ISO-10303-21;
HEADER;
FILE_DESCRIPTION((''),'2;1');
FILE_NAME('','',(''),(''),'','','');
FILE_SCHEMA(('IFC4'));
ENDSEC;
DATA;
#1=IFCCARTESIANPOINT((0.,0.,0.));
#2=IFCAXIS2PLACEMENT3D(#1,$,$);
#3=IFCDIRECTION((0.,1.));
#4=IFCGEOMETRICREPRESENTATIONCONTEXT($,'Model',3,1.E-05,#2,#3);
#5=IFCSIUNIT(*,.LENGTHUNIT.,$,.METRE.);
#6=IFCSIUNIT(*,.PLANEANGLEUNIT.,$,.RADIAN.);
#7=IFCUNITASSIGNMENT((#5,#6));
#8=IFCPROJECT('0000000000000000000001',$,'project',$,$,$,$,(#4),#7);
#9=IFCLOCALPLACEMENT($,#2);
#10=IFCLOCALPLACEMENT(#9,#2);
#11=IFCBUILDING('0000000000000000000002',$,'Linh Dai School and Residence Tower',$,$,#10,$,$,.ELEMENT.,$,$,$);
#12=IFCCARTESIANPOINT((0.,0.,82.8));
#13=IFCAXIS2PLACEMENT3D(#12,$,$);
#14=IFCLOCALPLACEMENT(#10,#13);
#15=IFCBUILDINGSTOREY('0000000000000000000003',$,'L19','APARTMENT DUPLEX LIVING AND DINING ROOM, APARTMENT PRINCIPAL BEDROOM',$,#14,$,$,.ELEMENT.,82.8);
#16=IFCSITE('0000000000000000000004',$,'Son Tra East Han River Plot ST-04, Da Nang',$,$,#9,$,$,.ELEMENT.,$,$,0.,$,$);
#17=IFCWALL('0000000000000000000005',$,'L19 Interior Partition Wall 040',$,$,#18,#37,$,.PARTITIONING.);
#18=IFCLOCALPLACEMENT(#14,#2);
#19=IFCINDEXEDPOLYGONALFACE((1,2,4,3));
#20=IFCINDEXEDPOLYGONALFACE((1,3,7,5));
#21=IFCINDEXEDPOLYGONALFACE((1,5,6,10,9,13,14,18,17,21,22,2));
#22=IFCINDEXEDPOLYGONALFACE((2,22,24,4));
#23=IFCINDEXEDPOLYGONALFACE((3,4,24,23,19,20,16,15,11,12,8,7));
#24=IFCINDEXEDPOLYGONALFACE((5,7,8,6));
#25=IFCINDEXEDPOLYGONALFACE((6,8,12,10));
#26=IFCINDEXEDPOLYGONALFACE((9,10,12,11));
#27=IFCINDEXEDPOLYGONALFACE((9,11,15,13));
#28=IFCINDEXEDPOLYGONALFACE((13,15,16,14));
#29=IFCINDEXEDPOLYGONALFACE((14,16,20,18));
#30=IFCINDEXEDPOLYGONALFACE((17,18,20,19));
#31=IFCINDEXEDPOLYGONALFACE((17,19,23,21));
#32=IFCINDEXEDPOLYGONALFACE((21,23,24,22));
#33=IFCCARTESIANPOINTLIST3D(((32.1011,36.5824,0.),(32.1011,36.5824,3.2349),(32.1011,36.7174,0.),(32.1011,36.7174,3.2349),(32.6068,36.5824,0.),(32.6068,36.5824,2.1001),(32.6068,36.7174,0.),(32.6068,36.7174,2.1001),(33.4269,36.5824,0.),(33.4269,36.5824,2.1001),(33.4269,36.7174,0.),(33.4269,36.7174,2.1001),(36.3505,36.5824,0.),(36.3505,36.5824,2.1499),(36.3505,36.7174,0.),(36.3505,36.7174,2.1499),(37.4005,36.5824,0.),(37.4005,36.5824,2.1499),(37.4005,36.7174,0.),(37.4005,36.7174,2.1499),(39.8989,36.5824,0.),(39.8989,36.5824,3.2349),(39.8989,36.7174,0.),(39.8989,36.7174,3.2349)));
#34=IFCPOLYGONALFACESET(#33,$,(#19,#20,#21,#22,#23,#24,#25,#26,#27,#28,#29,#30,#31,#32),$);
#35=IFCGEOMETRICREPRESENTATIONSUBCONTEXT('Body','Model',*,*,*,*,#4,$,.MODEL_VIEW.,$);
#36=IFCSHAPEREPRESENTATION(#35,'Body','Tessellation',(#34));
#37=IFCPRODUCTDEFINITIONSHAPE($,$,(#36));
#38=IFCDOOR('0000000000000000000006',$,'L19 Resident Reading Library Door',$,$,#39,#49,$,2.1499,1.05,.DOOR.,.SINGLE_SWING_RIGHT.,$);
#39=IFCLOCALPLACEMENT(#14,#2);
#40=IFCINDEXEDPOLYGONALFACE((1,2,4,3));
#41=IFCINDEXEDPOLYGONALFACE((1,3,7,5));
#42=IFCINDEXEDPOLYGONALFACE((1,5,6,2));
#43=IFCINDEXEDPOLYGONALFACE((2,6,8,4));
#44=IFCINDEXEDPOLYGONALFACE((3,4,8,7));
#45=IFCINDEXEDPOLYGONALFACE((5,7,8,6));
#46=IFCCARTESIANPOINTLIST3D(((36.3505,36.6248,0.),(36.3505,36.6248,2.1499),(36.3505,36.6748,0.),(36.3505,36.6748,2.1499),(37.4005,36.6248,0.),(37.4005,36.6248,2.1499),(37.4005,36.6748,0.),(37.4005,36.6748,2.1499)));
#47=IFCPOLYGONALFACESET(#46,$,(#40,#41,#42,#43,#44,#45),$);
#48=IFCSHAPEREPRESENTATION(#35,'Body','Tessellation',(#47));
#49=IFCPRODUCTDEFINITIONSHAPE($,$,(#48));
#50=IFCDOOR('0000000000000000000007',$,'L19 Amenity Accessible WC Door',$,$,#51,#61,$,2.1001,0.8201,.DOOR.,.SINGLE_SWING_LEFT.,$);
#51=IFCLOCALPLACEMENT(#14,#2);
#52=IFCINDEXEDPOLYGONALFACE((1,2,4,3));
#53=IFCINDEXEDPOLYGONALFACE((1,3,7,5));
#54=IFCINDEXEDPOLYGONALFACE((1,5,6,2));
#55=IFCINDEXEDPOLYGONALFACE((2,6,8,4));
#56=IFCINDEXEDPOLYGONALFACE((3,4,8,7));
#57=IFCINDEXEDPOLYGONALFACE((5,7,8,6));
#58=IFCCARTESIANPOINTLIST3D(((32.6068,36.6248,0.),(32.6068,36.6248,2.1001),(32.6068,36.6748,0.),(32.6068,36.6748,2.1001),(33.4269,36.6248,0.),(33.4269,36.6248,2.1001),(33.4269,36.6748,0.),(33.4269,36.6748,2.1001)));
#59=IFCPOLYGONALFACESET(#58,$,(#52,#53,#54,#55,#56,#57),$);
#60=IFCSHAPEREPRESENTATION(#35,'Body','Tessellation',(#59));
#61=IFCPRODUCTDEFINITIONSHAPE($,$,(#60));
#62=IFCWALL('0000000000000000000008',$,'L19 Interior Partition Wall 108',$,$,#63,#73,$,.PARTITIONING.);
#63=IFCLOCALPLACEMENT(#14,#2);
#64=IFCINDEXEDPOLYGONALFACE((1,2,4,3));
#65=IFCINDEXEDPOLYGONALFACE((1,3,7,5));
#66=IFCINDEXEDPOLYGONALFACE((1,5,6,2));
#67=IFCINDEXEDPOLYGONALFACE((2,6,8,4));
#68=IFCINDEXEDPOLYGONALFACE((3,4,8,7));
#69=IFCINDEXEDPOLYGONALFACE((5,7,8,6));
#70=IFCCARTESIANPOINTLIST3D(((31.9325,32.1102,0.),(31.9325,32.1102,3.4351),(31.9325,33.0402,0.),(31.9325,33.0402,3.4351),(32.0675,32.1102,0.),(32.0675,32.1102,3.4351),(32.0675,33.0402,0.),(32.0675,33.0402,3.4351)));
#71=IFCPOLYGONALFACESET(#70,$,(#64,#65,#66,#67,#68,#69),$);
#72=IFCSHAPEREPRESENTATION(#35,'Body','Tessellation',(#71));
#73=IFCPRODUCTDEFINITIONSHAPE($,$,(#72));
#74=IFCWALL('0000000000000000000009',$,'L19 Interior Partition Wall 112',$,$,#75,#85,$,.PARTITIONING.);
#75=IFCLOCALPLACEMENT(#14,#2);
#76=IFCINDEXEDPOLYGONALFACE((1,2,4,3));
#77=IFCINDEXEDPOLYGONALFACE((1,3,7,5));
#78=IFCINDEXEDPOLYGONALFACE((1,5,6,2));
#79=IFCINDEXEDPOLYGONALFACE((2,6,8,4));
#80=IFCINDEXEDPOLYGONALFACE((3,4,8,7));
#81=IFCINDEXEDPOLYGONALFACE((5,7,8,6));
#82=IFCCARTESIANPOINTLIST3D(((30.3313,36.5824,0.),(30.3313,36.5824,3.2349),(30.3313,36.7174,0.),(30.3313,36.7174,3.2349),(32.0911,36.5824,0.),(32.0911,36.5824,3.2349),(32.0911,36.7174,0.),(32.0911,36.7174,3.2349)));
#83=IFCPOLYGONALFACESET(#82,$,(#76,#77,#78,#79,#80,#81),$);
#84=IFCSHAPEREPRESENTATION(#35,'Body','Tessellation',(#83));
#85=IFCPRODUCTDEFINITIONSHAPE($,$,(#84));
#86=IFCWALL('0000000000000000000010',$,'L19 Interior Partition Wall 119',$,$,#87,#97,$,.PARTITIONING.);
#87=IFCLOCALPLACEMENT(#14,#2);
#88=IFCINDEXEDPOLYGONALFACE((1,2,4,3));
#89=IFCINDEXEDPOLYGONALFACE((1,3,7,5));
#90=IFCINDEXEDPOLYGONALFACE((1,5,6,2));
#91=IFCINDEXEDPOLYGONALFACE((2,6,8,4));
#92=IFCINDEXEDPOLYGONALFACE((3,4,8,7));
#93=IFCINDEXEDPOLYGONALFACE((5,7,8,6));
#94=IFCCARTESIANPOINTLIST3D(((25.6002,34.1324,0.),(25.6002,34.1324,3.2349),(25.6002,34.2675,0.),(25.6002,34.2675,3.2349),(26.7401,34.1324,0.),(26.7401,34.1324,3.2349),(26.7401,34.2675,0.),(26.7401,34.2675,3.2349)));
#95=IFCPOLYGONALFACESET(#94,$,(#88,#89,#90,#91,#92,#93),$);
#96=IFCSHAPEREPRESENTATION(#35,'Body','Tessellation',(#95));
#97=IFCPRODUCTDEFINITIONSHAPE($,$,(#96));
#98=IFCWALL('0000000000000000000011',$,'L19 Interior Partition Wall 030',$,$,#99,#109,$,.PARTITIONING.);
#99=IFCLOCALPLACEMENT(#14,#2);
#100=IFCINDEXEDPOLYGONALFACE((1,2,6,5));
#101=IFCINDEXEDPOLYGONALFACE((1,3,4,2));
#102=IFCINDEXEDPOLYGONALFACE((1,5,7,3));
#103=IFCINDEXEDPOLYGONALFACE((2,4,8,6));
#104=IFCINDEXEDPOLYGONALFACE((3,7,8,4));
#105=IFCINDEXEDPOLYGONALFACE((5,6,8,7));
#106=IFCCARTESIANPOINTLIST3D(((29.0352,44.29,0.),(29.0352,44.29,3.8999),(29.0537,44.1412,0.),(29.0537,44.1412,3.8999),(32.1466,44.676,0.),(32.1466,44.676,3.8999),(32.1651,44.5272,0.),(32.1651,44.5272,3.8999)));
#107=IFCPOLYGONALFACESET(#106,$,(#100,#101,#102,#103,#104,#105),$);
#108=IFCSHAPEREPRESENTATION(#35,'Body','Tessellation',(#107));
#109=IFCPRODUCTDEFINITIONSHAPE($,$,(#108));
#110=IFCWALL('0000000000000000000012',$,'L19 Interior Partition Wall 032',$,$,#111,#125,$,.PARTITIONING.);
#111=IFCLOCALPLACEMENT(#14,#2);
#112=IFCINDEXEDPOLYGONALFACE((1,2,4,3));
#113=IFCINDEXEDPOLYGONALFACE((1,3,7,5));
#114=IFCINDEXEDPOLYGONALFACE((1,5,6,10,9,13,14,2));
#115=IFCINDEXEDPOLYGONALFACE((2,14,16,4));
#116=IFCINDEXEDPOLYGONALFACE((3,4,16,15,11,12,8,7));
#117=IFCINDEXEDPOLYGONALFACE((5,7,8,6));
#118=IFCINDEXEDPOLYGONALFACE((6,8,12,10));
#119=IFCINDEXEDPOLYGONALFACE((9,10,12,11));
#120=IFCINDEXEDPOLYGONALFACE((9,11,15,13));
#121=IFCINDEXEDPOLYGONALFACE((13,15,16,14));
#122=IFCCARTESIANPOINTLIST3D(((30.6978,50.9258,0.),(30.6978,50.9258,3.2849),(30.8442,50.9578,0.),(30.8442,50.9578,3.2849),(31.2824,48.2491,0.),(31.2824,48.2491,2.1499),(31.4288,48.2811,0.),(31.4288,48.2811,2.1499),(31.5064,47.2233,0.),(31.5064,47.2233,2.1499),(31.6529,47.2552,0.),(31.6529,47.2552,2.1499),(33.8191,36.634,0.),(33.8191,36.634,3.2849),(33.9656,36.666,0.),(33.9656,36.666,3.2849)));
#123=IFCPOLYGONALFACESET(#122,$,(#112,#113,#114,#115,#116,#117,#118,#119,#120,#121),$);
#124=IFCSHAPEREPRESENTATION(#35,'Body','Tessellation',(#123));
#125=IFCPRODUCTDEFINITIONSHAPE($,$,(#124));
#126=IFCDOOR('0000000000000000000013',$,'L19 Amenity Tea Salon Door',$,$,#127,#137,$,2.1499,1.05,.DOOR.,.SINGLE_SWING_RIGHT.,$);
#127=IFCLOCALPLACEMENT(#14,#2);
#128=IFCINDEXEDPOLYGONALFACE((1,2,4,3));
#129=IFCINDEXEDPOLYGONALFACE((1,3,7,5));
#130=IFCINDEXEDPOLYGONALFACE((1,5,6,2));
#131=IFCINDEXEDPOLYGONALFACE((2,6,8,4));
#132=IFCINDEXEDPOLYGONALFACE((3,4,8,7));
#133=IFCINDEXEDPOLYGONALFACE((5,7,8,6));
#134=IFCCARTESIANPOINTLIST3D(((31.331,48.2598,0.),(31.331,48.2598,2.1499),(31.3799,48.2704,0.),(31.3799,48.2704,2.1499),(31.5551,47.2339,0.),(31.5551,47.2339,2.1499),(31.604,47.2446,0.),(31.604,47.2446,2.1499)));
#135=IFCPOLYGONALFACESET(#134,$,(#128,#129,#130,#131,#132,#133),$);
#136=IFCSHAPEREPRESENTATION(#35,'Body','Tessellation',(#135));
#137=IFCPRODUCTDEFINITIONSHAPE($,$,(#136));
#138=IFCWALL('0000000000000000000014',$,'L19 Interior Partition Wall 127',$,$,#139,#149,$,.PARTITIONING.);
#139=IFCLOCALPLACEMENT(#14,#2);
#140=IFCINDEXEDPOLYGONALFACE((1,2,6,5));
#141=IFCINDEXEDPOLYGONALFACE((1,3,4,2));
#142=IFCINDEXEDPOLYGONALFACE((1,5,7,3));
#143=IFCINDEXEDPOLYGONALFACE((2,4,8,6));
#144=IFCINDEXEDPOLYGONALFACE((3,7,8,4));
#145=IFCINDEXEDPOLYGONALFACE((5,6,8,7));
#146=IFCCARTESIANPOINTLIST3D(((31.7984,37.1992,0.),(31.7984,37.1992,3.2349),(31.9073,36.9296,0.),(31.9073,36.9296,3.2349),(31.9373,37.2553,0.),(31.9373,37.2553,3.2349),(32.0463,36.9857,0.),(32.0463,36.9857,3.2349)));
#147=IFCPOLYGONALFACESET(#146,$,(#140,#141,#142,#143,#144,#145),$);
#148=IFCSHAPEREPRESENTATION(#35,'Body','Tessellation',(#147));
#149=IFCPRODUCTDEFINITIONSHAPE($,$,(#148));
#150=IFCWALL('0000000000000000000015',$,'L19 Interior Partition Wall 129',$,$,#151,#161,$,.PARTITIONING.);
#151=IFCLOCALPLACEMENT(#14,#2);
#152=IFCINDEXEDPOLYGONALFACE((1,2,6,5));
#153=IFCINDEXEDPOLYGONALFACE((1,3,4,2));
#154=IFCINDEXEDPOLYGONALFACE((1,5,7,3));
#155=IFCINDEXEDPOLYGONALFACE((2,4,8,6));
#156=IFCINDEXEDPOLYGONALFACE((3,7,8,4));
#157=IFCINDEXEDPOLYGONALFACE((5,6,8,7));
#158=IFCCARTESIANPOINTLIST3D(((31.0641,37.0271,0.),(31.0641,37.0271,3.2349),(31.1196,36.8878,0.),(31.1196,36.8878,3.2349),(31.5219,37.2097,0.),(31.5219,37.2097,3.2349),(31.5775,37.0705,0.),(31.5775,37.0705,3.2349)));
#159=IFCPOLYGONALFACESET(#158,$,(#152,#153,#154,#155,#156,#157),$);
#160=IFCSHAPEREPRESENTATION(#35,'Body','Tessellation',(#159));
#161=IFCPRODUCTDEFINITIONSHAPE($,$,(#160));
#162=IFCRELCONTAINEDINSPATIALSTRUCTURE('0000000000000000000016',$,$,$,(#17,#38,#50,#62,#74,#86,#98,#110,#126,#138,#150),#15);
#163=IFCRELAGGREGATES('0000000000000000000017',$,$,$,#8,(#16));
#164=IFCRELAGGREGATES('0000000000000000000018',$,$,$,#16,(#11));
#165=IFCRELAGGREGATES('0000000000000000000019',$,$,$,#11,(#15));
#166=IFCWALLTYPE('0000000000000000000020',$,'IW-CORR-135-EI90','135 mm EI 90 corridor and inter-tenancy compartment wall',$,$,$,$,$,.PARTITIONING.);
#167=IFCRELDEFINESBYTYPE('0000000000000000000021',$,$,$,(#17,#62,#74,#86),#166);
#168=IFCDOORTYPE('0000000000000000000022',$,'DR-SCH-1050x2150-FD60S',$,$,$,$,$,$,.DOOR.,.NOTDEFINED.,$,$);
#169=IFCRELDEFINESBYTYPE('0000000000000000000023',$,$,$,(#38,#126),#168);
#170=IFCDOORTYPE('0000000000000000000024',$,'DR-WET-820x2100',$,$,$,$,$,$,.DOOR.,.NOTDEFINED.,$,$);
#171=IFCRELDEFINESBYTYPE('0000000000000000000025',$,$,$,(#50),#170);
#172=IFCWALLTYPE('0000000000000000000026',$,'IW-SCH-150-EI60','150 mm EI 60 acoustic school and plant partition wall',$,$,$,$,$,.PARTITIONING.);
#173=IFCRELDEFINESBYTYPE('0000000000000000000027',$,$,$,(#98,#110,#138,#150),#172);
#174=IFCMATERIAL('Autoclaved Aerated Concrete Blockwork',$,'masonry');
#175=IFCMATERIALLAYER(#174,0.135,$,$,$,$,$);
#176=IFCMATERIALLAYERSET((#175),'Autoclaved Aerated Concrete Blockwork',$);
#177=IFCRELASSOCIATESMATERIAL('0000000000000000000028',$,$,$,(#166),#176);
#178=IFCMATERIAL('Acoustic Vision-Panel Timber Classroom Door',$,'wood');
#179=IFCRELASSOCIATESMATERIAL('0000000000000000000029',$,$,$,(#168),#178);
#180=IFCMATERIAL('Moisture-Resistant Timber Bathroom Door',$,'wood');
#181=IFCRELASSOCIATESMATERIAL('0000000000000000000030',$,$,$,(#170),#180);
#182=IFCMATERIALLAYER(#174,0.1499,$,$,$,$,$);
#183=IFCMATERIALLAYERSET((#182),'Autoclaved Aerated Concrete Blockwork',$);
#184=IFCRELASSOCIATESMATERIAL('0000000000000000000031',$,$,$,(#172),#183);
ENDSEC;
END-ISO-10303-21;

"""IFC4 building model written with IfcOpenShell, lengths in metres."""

from ifc_helpers import new_model, si_unit, direction, frame, frame_2d, origin, origin_2d, place, context, subcontext, project, spatial, rectangle, extrude, source, transform, mapped, material, layer, layer_set, type_object, element, fill, save


model = new_model("IFC4")

# Units and contexts
model_context = context("Model", 3, precision=1e-05, world=origin(), true_north=direction((0.0, 1.0)))
body_context = subcontext(model_context, "Body", "Model", "MODEL_VIEW")
ifc_project = project(units=[si_unit("LENGTHUNIT", "METRE"), si_unit("PLANEANGLEUNIT", "RADIAN")], contexts=[model_context])

# Site, building, storey
site_placement = place(None, origin())
site = spatial("IfcSite", under=ifc_project, at=site_placement, Name="Son Tra East Han River Plot ST-04, Da Nang", CompositionType="ELEMENT", RefElevation=0.0)
building_placement = place(site_placement, origin())
building = spatial("IfcBuilding", under=site, at=building_placement, Name="Linh Dai School and Residence Tower", CompositionType="ELEMENT")
storey_placement = place(building_placement, frame((0.0, 0.0, 82.8)))
storey = spatial("IfcBuildingStorey", under=building, at=storey_placement, Name="L19", Description="APARTMENT DUPLEX LIVING AND DINING ROOM, APARTMENT PRINCIPAL BEDROOM", CompositionType="ELEMENT", Elevation=82.8)

# Wall, openings, doors
ifc_material_1 = material(Name="Autoclaved Aerated Concrete Blockwork", Category="masonry")
ifc_layer_1 = layer(ifc_material_1, 0.135)
ifc_layer_set_1 = layer_set([ifc_layer_1], Name="Autoclaved Aerated Concrete Blockwork")
wall_type_1 = type_object("IfcWallType", Name="IW-CORR-135-EI90", Description="135 mm EI 90 corridor and inter-tenancy compartment wall", PredefinedType="PARTITIONING", material=ifc_layer_set_1)
wall_1_placement = place(storey_placement, frame((32.1011, 36.6499, 0.0), z_axis=(0.0, 0.0, 1.0), x_axis=(1.0, 0.0, 0.0)))
wall_1 = element("IfcWall", 1, at=wall_1_placement, inside=storey, type_object=wall_type_1, Name="L19 Interior Partition Wall 040", PredefinedType="PARTITIONING", context=body_context, shape_type="SweptSolid", body=[
    extrude(rectangle(XDim=7.7979, YDim=0.135, at=frame_2d((3.8989, 0.0))), origin(), (0.0, 0.0, 1.0), 3.2349),
])
opening_1_placement = place(wall_1_placement, frame((4.2495, 0.0, 0.0)))
opening_1 = element("IfcOpeningElement", 2, at=opening_1_placement, cuts=wall_1, PredefinedType="OPENING", context=body_context, shape_type="SweptSolid", body=[
    extrude(rectangle(XDim=1.05, YDim=2.1499, at=origin_2d()), frame((0.5249, 0.0776, 1.075), z_axis=(0.0, -1.0, 0.0), x_axis=(1.0, 0.0, 0.0)), (0.0, 0.0, 1.0), 0.155),
])
opening_2_placement = place(wall_1_placement, frame((0.5056, 0.0, 0.0)))
opening_2 = element("IfcOpeningElement", 3, at=opening_2_placement, cuts=wall_1, PredefinedType="OPENING", context=body_context, shape_type="SweptSolid", body=[
    extrude(rectangle(XDim=0.8201, YDim=2.1001, at=origin_2d()), frame((0.4102, 0.0776, 1.05), z_axis=(0.0, -1.0, 0.0), x_axis=(1.0, 0.0, 0.0)), (0.0, 0.0, 1.0), 0.155),
])
ifc_material_2 = material(Name="Acoustic Vision-Panel Timber Classroom Door", Category="wood")
door_type_1 = type_object("IfcDoorType", Name="DR-SCH-1050x2150-FD60S", OperationType="NOTDEFINED", PredefinedType="DOOR", material=ifc_material_2)
shared_shape_1 = source(origin(), body_context, "Body", "SweptSolid", [
    extrude(rectangle(XDim=1.05, YDim=2.1499, at=origin_2d()), frame((0.5249, 0.0249, 1.075), z_axis=(0.0, -1.0, 0.0), x_axis=(1.0, 0.0, 0.0)), (0.0, 0.0, 1.0), 0.05),
])
door_1_placement = place(opening_1_placement, origin())
door_1 = element("IfcDoor", 4, at=door_1_placement, inside=storey, type_object=door_type_1, Name="L19 Resident Reading Library Door", OperationType="SINGLE_SWING_RIGHT", OverallHeight=2.1499, OverallWidth=1.05, PredefinedType="DOOR", context=body_context, shape_type="MappedRepresentation", body=[
    mapped(shared_shape_1, transform((0.0, 0.0, 0.0), x_axis=(1.0, 0.0, 0.0), y_axis=(0.0, 1.0, 0.0), z_axis=(0.0, 0.0, 1.0), scale=1.0)),
])
fill(opening_1, door_1)
ifc_material_3 = material(Name="Moisture-Resistant Timber Bathroom Door", Category="wood")
door_type_2 = type_object("IfcDoorType", Name="DR-WET-820x2100", OperationType="NOTDEFINED", PredefinedType="DOOR", material=ifc_material_3)
shared_shape_2 = source(origin(), body_context, "Body", "SweptSolid", [
    extrude(rectangle(XDim=0.8201, YDim=2.1001, at=origin_2d()), frame((0.4102, 0.0249, 1.05), z_axis=(0.0, -1.0, 0.0), x_axis=(1.0, 0.0, 0.0)), (0.0, 0.0, 1.0), 0.05),
])
door_2_placement = place(opening_2_placement, origin())
door_2 = element("IfcDoor", 5, at=door_2_placement, inside=storey, type_object=door_type_2, Name="L19 Amenity Accessible WC Door", OperationType="SINGLE_SWING_LEFT", OverallHeight=2.1001, OverallWidth=0.8201, PredefinedType="DOOR", context=body_context, shape_type="MappedRepresentation", body=[
    mapped(shared_shape_2, transform((0.0, 0.0, 0.0), x_axis=(1.0, 0.0, 0.0), y_axis=(0.0, 1.0, 0.0), z_axis=(0.0, 0.0, 1.0), scale=1.0)),
])
fill(opening_2, door_2)

# Walls
wall_2_placement = place(storey_placement, frame((32.0, 33.04, 0.0), z_axis=(0.0, 0.0, 1.0), x_axis=(0.0, -1.0, 0.0)))
element("IfcWall", 6, at=wall_2_placement, inside=storey, type_object=wall_type_1, Name="L19 Interior Partition Wall 108", PredefinedType="PARTITIONING", context=body_context, shape_type="SweptSolid", body=[
    extrude(rectangle(XDim=0.9299, YDim=0.135, at=frame_2d((0.4648, 0.0))), origin(), (0.0, 0.0, 1.0), 3.4351),
])
wall_3_placement = place(storey_placement, frame((30.3313, 36.6499, 0.0), z_axis=(0.0, 0.0, 1.0), x_axis=(1.0, 0.0, 0.0)))
element("IfcWall", 7, at=wall_3_placement, inside=storey, type_object=wall_type_1, Name="L19 Interior Partition Wall 112", PredefinedType="PARTITIONING", context=body_context, shape_type="SweptSolid", body=[
    extrude(rectangle(XDim=1.7598, YDim=0.135, at=frame_2d((0.8799, 0.0))), origin(), (0.0, 0.0, 1.0), 3.2349),
])
wall_4_placement = place(storey_placement, frame((26.74, 34.2, 0.0), z_axis=(0.0, 0.0, 1.0), x_axis=(-1.0, 0.0, 0.0)))
element("IfcWall", 8, at=wall_4_placement, inside=storey, type_object=wall_type_1, Name="L19 Interior Partition Wall 119", PredefinedType="PARTITIONING", context=body_context, shape_type="SweptSolid", body=[
    extrude(rectangle(XDim=1.1399, YDim=0.135, at=frame_2d((0.5698, 0.0))), origin(), (0.0, 0.0, 1.0), 3.2349),
])
ifc_layer_2 = layer(ifc_material_1, 0.1499)
ifc_layer_set_2 = layer_set([ifc_layer_2], Name="Autoclaved Aerated Concrete Blockwork")
wall_type_2 = type_object("IfcWallType", Name="IW-SCH-150-EI60", Description="150 mm EI 60 acoustic school and plant partition wall", PredefinedType="PARTITIONING", material=ifc_layer_set_2)
wall_5_placement = place(storey_placement, frame((29.0444, 44.2156, 0.0), z_axis=(0.0, 0.0, 1.0), x_axis=(0.992392, 0.123115, 0.0)))
element("IfcWall", 9, at=wall_5_placement, inside=storey, type_object=wall_type_2, Name="L19 Interior Partition Wall 030", PredefinedType="PARTITIONING", context=body_context, shape_type="SweptSolid", body=[
    extrude(rectangle(XDim=3.1353, YDim=0.1499, at=frame_2d((1.5676, 0.0))), origin(), (0.0, 0.0, 1.0), 3.8999),
])

# Wall, opening, door
wall_6_placement = place(storey_placement, frame((30.771, 50.9419, 0.0), z_axis=(0.0, 0.0, 1.0), x_axis=(0.213372, -0.976971, 0.0)))
wall_6 = element("IfcWall", 10, at=wall_6_placement, inside=storey, type_object=wall_type_2, Name="L19 Interior Partition Wall 032", PredefinedType="PARTITIONING", context=body_context, shape_type="SweptSolid", body=[
    extrude(rectangle(XDim=14.6287, YDim=0.1499, at=frame_2d((7.3145, 0.0))), origin(), (0.0, 0.0, 1.0), 3.2849),
])
opening_3_placement = place(wall_6_placement, frame((2.74, 0.0, 0.0)))
opening_3 = element("IfcOpeningElement", 11, at=opening_3_placement, cuts=wall_6, PredefinedType="OPENING", context=body_context, shape_type="SweptSolid", body=[
    extrude(rectangle(XDim=1.05, YDim=2.1499, at=origin_2d()), frame((0.5249, 0.085, 1.075), z_axis=(0.0, -1.0, 0.0), x_axis=(1.0, 0.0, 0.0)), (0.0, 0.0, 1.0), 0.1699),
])
door_3_placement = place(opening_3_placement, origin())
door_3 = element("IfcDoor", 12, at=door_3_placement, inside=storey, type_object=door_type_1, Name="L19 Amenity Tea Salon Door", OperationType="SINGLE_SWING_RIGHT", OverallHeight=2.1499, OverallWidth=1.05, PredefinedType="DOOR", context=body_context, shape_type="MappedRepresentation", body=[
    mapped(shared_shape_1, transform((0.0, 0.0, 0.0), x_axis=(1.0, 0.0, 0.0), y_axis=(0.0, 1.0, 0.0), z_axis=(0.0, 0.0, 1.0), scale=1.0)),
])
fill(opening_3, door_3)

# Walls
wall_7_placement = place(storey_placement, frame((31.9768, 36.9575, 0.0), z_axis=(0.0, 0.0, 1.0), x_axis=(-0.374574, 0.927197, 0.0)))
element("IfcWall", 13, at=wall_7_placement, inside=storey, type_object=wall_type_2, Name="L19 Interior Partition Wall 127", PredefinedType="PARTITIONING", context=body_context, shape_type="SweptSolid", body=[
    extrude(rectangle(XDim=0.2908, YDim=0.1499, at=frame_2d((0.1455, 0.0))), origin(), (0.0, 0.0, 1.0), 3.2349),
])
wall_8_placement = place(storey_placement, frame((31.5498, 37.1401, 0.0), z_axis=(0.0, 0.0, 1.0), x_axis=(-0.928818, -0.370536, 0.0)))
element("IfcWall", 14, at=wall_8_placement, inside=storey, type_object=wall_type_2, Name="L19 Interior Partition Wall 129", PredefinedType="PARTITIONING", context=body_context, shape_type="SweptSolid", body=[
    extrude(rectangle(XDim=0.4929, YDim=0.1499, at=frame_2d((0.2466, 0.0))), origin(), (0.0, 0.0, 1.0), 3.2349),
])

save(model, "model.ifc")
